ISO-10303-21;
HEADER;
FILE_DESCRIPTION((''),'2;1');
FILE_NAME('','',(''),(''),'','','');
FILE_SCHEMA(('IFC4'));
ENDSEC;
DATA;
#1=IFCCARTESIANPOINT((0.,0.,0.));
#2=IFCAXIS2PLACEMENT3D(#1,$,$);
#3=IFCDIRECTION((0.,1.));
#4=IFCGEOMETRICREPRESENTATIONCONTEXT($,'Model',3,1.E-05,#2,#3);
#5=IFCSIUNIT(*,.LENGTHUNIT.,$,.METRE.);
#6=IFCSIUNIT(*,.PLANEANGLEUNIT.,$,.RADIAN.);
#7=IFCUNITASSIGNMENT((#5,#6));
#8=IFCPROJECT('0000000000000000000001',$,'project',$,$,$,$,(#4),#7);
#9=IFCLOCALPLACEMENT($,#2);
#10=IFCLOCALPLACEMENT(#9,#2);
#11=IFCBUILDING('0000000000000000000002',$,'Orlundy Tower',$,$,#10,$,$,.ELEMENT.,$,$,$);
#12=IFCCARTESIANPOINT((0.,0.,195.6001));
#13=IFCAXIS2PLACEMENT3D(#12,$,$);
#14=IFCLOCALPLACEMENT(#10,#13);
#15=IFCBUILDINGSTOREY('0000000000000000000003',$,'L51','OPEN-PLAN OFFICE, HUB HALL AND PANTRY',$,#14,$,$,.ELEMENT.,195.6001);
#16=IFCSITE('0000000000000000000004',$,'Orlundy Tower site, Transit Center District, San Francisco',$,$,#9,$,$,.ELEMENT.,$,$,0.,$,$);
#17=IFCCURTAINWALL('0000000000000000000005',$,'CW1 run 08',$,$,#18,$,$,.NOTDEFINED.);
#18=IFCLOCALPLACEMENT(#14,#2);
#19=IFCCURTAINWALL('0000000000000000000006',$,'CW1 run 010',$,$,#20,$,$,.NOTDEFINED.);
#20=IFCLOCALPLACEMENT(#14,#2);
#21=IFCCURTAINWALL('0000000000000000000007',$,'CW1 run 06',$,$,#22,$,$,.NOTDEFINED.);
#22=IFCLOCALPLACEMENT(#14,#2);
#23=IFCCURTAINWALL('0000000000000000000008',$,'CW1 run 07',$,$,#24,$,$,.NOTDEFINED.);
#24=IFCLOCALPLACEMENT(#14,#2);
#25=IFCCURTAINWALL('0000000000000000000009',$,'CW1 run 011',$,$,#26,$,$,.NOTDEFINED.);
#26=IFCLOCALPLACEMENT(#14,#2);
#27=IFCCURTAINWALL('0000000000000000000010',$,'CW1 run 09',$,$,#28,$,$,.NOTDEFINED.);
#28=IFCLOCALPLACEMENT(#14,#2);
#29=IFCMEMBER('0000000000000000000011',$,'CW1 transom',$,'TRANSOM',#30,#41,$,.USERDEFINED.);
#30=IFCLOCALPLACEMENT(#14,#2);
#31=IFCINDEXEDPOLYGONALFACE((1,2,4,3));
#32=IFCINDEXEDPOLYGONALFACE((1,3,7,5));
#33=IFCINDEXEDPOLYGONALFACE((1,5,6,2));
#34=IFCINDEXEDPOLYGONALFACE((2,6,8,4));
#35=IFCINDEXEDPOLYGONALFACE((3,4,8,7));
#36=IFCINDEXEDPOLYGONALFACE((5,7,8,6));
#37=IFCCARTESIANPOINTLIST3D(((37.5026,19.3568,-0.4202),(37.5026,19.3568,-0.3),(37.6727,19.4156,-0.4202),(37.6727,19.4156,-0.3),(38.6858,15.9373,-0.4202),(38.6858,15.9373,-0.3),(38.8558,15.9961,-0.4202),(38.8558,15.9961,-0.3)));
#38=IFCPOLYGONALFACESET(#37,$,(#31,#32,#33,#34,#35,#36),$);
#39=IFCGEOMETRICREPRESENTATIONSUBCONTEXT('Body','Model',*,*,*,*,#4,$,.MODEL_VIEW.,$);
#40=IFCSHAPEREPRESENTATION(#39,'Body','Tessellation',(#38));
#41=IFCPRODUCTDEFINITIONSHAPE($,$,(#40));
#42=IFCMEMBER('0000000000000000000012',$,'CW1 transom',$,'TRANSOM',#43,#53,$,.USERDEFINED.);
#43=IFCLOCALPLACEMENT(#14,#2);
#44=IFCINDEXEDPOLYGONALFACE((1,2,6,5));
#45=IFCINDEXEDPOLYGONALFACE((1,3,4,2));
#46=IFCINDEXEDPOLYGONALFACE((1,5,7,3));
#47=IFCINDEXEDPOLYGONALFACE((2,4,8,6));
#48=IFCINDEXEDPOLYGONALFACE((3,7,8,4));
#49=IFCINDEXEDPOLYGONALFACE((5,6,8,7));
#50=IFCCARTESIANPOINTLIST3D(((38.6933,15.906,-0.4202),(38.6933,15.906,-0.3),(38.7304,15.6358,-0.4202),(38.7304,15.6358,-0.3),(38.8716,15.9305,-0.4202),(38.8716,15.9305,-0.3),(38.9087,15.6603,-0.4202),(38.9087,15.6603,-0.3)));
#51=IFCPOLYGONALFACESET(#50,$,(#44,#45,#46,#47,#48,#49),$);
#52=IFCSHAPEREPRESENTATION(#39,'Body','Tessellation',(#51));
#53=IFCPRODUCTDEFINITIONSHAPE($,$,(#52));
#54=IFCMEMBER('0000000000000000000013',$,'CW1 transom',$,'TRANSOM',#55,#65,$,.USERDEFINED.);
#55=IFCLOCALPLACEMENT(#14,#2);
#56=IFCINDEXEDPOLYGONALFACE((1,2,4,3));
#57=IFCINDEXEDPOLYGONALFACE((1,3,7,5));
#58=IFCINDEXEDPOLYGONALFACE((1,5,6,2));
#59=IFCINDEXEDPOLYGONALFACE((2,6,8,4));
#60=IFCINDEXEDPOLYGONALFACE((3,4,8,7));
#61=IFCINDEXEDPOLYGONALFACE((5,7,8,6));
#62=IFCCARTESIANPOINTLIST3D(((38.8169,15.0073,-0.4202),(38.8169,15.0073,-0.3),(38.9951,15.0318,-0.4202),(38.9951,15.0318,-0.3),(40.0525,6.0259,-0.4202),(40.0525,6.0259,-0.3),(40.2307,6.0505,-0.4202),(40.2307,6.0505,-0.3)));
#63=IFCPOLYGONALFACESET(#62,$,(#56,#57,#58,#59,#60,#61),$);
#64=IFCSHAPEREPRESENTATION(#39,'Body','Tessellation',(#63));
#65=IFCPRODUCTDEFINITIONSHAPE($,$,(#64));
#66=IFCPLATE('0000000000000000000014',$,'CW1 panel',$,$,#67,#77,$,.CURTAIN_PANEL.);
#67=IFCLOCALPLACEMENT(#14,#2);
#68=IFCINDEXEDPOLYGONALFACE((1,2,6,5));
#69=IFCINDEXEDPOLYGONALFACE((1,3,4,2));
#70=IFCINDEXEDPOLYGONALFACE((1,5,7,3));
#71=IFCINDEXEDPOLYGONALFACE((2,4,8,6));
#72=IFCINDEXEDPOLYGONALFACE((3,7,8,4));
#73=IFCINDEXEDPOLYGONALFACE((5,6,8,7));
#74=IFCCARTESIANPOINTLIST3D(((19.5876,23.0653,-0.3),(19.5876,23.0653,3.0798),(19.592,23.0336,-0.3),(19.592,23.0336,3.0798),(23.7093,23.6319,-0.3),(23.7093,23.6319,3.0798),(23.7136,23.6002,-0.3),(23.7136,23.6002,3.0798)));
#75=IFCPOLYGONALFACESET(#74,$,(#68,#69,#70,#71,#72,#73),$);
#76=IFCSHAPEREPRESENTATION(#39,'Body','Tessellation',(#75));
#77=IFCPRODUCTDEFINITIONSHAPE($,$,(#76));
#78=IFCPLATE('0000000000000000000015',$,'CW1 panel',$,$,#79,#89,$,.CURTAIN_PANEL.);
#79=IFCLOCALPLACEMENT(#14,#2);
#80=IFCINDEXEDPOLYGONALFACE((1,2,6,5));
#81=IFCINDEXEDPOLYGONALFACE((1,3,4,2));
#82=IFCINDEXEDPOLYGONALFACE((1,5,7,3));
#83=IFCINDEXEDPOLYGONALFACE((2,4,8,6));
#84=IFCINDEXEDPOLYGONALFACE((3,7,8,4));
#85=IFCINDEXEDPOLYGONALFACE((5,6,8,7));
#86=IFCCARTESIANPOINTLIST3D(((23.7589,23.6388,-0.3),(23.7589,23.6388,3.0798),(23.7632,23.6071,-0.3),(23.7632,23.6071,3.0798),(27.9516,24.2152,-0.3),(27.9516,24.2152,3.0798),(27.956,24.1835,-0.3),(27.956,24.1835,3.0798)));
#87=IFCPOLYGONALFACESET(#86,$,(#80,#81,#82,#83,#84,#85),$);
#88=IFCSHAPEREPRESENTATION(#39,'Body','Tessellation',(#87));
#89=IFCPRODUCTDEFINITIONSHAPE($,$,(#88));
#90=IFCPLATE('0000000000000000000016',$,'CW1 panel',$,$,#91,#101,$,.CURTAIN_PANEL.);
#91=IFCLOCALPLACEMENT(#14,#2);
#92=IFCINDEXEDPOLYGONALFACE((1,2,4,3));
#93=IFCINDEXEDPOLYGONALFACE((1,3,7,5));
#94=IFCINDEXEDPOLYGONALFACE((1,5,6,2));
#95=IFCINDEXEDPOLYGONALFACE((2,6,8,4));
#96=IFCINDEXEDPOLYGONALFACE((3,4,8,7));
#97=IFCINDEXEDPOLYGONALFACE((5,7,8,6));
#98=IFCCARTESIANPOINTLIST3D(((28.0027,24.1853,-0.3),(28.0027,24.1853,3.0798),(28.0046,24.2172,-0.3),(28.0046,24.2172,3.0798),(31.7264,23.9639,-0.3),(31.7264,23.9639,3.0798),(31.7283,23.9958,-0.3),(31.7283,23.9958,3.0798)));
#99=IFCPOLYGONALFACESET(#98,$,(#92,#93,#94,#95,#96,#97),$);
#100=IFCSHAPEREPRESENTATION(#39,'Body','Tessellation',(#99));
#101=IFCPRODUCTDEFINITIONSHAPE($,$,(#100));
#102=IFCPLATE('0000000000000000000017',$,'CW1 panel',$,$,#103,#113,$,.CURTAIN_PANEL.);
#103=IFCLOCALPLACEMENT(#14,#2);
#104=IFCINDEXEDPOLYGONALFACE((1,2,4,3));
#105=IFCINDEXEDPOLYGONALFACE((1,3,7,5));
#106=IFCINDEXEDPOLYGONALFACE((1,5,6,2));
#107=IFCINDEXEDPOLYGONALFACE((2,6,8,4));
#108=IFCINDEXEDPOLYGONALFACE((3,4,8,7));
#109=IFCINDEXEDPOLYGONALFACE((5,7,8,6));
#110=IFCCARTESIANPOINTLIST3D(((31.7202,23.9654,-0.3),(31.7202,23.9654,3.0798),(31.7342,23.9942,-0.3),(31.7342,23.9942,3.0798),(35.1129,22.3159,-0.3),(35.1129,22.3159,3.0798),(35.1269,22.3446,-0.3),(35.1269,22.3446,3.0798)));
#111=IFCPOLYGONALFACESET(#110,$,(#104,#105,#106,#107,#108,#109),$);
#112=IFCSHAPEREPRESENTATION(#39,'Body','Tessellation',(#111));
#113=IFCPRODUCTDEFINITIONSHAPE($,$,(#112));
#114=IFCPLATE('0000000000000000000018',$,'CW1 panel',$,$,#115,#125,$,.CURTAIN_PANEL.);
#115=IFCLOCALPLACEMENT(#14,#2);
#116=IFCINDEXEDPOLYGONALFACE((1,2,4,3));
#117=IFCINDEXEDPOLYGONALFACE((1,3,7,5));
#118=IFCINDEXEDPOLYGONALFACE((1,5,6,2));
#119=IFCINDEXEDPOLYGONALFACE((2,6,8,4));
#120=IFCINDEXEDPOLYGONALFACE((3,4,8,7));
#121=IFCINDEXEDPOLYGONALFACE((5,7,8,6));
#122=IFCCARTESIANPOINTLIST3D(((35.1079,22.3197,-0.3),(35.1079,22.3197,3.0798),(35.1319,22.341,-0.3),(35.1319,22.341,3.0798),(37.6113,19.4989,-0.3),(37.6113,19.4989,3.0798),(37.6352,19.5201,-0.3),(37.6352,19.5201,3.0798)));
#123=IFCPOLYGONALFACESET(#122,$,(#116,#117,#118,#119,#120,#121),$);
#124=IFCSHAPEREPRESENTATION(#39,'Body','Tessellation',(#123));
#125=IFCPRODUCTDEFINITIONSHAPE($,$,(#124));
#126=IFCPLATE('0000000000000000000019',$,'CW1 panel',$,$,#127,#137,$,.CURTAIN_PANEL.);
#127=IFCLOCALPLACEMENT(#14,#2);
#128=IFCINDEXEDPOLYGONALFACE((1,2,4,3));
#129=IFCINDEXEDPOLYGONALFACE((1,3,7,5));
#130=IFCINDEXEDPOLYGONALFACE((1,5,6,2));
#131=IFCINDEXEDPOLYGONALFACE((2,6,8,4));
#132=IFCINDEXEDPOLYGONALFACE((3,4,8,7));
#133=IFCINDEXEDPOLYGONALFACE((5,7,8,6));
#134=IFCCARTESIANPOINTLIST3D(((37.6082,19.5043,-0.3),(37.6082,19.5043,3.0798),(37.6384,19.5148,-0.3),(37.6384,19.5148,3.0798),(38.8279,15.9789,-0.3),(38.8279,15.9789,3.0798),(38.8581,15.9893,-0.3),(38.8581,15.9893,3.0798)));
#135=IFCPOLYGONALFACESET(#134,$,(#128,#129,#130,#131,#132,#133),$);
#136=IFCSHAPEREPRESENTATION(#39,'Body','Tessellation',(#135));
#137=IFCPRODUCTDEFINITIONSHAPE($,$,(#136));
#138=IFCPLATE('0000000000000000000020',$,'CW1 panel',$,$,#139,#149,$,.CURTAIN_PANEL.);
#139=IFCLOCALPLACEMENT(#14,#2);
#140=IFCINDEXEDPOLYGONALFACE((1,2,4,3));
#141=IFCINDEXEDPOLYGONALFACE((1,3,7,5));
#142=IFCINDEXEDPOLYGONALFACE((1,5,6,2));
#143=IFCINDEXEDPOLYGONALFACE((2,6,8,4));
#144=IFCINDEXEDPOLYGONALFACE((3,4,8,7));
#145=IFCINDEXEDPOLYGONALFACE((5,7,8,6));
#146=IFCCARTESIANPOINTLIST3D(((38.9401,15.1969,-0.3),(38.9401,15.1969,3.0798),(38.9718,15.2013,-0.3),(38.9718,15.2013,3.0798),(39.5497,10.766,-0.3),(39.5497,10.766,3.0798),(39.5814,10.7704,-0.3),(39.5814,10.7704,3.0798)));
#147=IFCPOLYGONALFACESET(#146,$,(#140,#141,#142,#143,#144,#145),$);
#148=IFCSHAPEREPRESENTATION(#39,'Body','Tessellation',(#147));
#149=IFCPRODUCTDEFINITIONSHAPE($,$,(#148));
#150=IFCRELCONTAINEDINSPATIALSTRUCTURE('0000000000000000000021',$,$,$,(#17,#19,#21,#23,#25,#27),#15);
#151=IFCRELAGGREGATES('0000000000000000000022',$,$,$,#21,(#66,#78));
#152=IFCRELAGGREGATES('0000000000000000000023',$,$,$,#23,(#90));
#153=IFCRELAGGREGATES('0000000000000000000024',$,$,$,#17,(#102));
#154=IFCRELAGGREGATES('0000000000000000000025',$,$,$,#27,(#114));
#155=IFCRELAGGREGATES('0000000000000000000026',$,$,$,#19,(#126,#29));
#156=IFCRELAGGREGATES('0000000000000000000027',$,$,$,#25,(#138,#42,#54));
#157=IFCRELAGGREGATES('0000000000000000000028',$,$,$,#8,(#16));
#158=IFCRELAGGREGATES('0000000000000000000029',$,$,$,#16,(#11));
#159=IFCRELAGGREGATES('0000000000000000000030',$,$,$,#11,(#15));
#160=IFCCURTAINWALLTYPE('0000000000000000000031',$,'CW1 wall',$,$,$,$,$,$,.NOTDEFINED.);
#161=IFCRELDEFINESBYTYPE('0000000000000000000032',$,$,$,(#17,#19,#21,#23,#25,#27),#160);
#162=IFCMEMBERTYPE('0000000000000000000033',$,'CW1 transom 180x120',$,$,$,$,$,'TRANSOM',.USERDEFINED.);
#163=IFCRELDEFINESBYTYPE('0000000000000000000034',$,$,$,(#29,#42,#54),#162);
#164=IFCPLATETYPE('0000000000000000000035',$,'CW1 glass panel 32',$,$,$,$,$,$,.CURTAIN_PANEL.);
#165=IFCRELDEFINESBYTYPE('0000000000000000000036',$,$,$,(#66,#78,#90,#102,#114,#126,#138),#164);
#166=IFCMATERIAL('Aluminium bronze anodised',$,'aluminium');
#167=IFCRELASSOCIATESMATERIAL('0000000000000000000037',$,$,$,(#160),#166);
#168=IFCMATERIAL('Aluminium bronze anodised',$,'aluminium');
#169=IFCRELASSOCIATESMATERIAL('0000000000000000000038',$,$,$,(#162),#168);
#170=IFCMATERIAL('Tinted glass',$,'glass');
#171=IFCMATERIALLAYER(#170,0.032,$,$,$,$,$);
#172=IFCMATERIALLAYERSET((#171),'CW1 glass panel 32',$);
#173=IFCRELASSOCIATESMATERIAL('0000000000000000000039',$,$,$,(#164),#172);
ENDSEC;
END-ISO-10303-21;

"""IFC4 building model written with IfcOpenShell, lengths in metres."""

from ifc_helpers import new_model, si_unit, direction, frame, origin, origin_2d, place, context, subcontext, project, spatial, rectangle, extrude, material, layer, layer_set, material_profile, profile_set, type_object, element, aggregate, save


model = new_model("IFC4")

# Units and contexts
model_context = context("Model", 3, precision=1e-05, world=origin(), true_north=direction((0.0, 1.0)))
body_context = subcontext(model_context, "Body", "Model", "MODEL_VIEW")
ifc_project = project(units=[si_unit("LENGTHUNIT", "METRE"), si_unit("PLANEANGLEUNIT", "RADIAN")], contexts=[model_context])

# Site, building, storey
site_placement = place(None, origin())
site = spatial("IfcSite", under=ifc_project, at=site_placement, Name="Orlundy Tower site, Transit Center District, San Francisco", CompositionType="ELEMENT", RefElevation=0.0)
building_placement = place(site_placement, origin())
building = spatial("IfcBuilding", under=site, at=building_placement, Name="Orlundy Tower", CompositionType="ELEMENT")
storey_placement = place(building_placement, frame((0.0, 0.0, 195.6001)))
storey = spatial("IfcBuildingStorey", under=building, at=storey_placement, Name="L51", Description="OPEN-PLAN OFFICE, HUB HALL AND PANTRY", CompositionType="ELEMENT", Elevation=195.6001)

# Curtain walls
ifc_material_1 = material(Name="Aluminium bronze anodised", Category="aluminium")
curtain_wall_type = type_object("IfcCurtainWallType", Name="CW1 wall", PredefinedType="NOTDEFINED", material=ifc_material_1)
curtain_wall_1_placement = place(storey_placement, origin())
curtain_wall_1 = element("IfcCurtainWall", 1, at=curtain_wall_1_placement, inside=storey, type_object=curtain_wall_type, Name="CW1 run 08", PredefinedType="NOTDEFINED")
curtain_wall_2_placement = place(storey_placement, origin())
curtain_wall_2 = element("IfcCurtainWall", 2, at=curtain_wall_2_placement, inside=storey, type_object=curtain_wall_type, Name="CW1 run 010", PredefinedType="NOTDEFINED")
curtain_wall_3_placement = place(storey_placement, origin())
curtain_wall_3 = element("IfcCurtainWall", 3, at=curtain_wall_3_placement, inside=storey, type_object=curtain_wall_type, Name="CW1 run 06", PredefinedType="NOTDEFINED")
curtain_wall_4_placement = place(storey_placement, origin())
curtain_wall_4 = element("IfcCurtainWall", 4, at=curtain_wall_4_placement, inside=storey, type_object=curtain_wall_type, Name="CW1 run 07", PredefinedType="NOTDEFINED")

# Curtain wall
curtain_wall_5_placement = place(storey_placement, origin())
curtain_wall_5 = element("IfcCurtainWall", 5, at=curtain_wall_5_placement, inside=storey, type_object=curtain_wall_type, Name="CW1 run 011", PredefinedType="NOTDEFINED")

# Shared definitions
ifc_material_2 = material(Name="Aluminium bronze anodised", Category="aluminium")
ifc_material_profile_1 = material_profile(ifc_material_2, rectangle(XDim=0.1799, YDim=0.1201, at=origin_2d()), Name="CW1 transom 180x120")
ifc_profile_set_1 = profile_set([ifc_material_profile_1], Name="Aluminium bronze anodised")
member_type_1 = type_object("IfcMemberType", Name="CW1 transom 180x120", ElementType="TRANSOM", PredefinedType="USERDEFINED", material=ifc_profile_set_1)

# Curtain wall
curtain_wall_6_placement = place(storey_placement, origin())
curtain_wall_6 = element("IfcCurtainWall", 6, at=curtain_wall_6_placement, inside=storey, type_object=curtain_wall_type, Name="CW1 run 09", PredefinedType="NOTDEFINED")

# Members
member_1_placement = place(storey_placement, frame((37.5876, 19.3862, -0.3601), z_axis=(0.326976, -0.945033, 0.0), x_axis=(0.945033, 0.326976, 0.0)))
member_1 = element("IfcMember", 7, at=member_1_placement, type_object=member_type_1, Name="CW1 transom", ObjectType="TRANSOM", PredefinedType="USERDEFINED", context=body_context, shape_type="SweptSolid", body=[
    extrude(rectangle(XDim=0.1799, YDim=0.1201, at=origin_2d()), origin(), (0.0, 0.0, 1.0), 3.6184),
])
member_2_placement = place(storey_placement, frame((38.7825, 15.9182, -0.3601), z_axis=(0.136032, -0.990704, 0.0), x_axis=(0.990704, 0.136032, 0.0)))
member_2 = element("IfcMember", 8, at=member_2_placement, type_object=member_type_1, Name="CW1 transom", ObjectType="TRANSOM", PredefinedType="USERDEFINED", context=body_context, shape_type="SweptSolid", body=[
    extrude(rectangle(XDim=0.1799, YDim=0.1201, at=origin_2d()), origin(), (0.0, 0.0, 1.0), 0.2727),
])
member_3_placement = place(storey_placement, frame((38.906, 15.0195, -0.3601), z_axis=(0.136288, -0.990669, 0.0), x_axis=(0.990669, 0.136288, 0.0)))
member_3 = element("IfcMember", 9, at=member_3_placement, type_object=member_type_1, Name="CW1 transom", ObjectType="TRANSOM", PredefinedType="USERDEFINED", context=body_context, shape_type="SweptSolid", body=[
    extrude(rectangle(XDim=0.1799, YDim=0.1201, at=origin_2d()), origin(), (0.0, 0.0, 1.0), 9.0659),
])

# Plates
ifc_material_3 = material(Name="Tinted glass", Category="glass")
ifc_layer = layer(ifc_material_3, 0.032)
ifc_layer_set = layer_set([ifc_layer], Name="CW1 glass panel 32")
plate_type = type_object("IfcPlateType", Name="CW1 glass panel 32", PredefinedType="CURTAIN_PANEL", material=ifc_layer_set)
plate_1_placement = place(storey_placement, frame((21.6506, 23.3328, -0.3), z_axis=(0.0, 0.0, 1.0), x_axis=(0.990683, 0.136185, 0.0)))
plate_1 = element("IfcPlate", 10, at=plate_1_placement, type_object=plate_type, Name="CW1 panel", PredefinedType="CURTAIN_PANEL", context=body_context, shape_type="SweptSolid", body=[
    extrude(rectangle(XDim=4.1604, YDim=0.032, at=origin_2d()), origin(), (0.0, 0.0, 1.0), 3.3799),
])
plate_2_placement = place(storey_placement, frame((25.8574, 23.9111, -0.3), z_axis=(0.0, 0.0, 1.0), x_axis=(0.990683, 0.136185, 0.0)))
plate_2 = element("IfcPlate", 11, at=plate_2_placement, type_object=plate_type, Name="CW1 panel", PredefinedType="CURTAIN_PANEL", context=body_context, shape_type="SweptSolid", body=[
    extrude(rectangle(XDim=4.2322, YDim=0.032, at=origin_2d()), origin(), (0.0, 0.0, 1.0), 3.3799),
])
aggregate(curtain_wall_3, [plate_1, plate_2])
plate_3_placement = place(storey_placement, frame((29.8655, 24.0906, -0.3), z_axis=(0.0, 0.0, 1.0), x_axis=(0.998237, -0.059355, 0.0)))
plate_3 = element("IfcPlate", 12, at=plate_3_placement, type_object=plate_type, Name="CW1 panel", PredefinedType="CURTAIN_PANEL", context=body_context, shape_type="SweptSolid", body=[
    extrude(rectangle(XDim=3.7302, YDim=0.032, at=origin_2d()), origin(), (0.0, 0.0, 1.0), 3.3799),
])
aggregate(curtain_wall_4, [plate_3])
plate_4_placement = place(storey_placement, frame((33.4236, 23.155, -0.3), z_axis=(0.0, 0.0, 1.0), x_axis=(0.899335, -0.437259, 0.0)))
plate_4 = element("IfcPlate", 13, at=plate_4_placement, type_object=plate_type, Name="CW1 panel", PredefinedType="CURTAIN_PANEL", context=body_context, shape_type="SweptSolid", body=[
    extrude(rectangle(XDim=3.7725, YDim=0.032, at=origin_2d()), origin(), (0.0, 0.0, 1.0), 3.3799),
])
aggregate(curtain_wall_1, [plate_4])
plate_5_placement = place(storey_placement, frame((36.3716, 20.9199, -0.3), z_axis=(0.0, 0.0, 1.0), x_axis=(0.663761, -0.747945, 0.0)))
plate_5 = element("IfcPlate", 14, at=plate_5_placement, type_object=plate_type, Name="CW1 panel", PredefinedType="CURTAIN_PANEL", context=body_context, shape_type="SweptSolid", body=[
    extrude(rectangle(XDim=3.7715, YDim=0.032, at=origin_2d()), origin(), (0.0, 0.0, 1.0), 3.3799),
])
aggregate(curtain_wall_6, [plate_5])
plate_6_placement = place(storey_placement, frame((38.2332, 17.7468, -0.3), z_axis=(0.0, 0.0, 1.0), x_axis=(0.326972, -0.945034, 0.0)))
plate_6 = element("IfcPlate", 15, at=plate_6_placement, type_object=plate_type, Name="CW1 panel", PredefinedType="CURTAIN_PANEL", context=body_context, shape_type="SweptSolid", body=[
    extrude(rectangle(XDim=3.7305, YDim=0.032, at=origin_2d()), origin(), (0.0, 0.0, 1.0), 3.3799),
])
aggregate(curtain_wall_2, [plate_6, member_1])
plate_7_placement = place(storey_placement, frame((39.2607, 12.9836, -0.3), z_axis=(0.0, 0.0, 1.0), x_axis=(0.136286, -0.99067, 0.0)))
plate_7 = element("IfcPlate", 16, at=plate_7_placement, type_object=plate_type, Name="CW1 panel", PredefinedType="CURTAIN_PANEL", context=body_context, shape_type="SweptSolid", body=[
    extrude(rectangle(XDim=4.4727, YDim=0.032, at=origin_2d()), origin(), (0.0, 0.0, 1.0), 3.3799),
])
aggregate(curtain_wall_5, [plate_7, member_2, member_3])

save(model, "model.ifc")
